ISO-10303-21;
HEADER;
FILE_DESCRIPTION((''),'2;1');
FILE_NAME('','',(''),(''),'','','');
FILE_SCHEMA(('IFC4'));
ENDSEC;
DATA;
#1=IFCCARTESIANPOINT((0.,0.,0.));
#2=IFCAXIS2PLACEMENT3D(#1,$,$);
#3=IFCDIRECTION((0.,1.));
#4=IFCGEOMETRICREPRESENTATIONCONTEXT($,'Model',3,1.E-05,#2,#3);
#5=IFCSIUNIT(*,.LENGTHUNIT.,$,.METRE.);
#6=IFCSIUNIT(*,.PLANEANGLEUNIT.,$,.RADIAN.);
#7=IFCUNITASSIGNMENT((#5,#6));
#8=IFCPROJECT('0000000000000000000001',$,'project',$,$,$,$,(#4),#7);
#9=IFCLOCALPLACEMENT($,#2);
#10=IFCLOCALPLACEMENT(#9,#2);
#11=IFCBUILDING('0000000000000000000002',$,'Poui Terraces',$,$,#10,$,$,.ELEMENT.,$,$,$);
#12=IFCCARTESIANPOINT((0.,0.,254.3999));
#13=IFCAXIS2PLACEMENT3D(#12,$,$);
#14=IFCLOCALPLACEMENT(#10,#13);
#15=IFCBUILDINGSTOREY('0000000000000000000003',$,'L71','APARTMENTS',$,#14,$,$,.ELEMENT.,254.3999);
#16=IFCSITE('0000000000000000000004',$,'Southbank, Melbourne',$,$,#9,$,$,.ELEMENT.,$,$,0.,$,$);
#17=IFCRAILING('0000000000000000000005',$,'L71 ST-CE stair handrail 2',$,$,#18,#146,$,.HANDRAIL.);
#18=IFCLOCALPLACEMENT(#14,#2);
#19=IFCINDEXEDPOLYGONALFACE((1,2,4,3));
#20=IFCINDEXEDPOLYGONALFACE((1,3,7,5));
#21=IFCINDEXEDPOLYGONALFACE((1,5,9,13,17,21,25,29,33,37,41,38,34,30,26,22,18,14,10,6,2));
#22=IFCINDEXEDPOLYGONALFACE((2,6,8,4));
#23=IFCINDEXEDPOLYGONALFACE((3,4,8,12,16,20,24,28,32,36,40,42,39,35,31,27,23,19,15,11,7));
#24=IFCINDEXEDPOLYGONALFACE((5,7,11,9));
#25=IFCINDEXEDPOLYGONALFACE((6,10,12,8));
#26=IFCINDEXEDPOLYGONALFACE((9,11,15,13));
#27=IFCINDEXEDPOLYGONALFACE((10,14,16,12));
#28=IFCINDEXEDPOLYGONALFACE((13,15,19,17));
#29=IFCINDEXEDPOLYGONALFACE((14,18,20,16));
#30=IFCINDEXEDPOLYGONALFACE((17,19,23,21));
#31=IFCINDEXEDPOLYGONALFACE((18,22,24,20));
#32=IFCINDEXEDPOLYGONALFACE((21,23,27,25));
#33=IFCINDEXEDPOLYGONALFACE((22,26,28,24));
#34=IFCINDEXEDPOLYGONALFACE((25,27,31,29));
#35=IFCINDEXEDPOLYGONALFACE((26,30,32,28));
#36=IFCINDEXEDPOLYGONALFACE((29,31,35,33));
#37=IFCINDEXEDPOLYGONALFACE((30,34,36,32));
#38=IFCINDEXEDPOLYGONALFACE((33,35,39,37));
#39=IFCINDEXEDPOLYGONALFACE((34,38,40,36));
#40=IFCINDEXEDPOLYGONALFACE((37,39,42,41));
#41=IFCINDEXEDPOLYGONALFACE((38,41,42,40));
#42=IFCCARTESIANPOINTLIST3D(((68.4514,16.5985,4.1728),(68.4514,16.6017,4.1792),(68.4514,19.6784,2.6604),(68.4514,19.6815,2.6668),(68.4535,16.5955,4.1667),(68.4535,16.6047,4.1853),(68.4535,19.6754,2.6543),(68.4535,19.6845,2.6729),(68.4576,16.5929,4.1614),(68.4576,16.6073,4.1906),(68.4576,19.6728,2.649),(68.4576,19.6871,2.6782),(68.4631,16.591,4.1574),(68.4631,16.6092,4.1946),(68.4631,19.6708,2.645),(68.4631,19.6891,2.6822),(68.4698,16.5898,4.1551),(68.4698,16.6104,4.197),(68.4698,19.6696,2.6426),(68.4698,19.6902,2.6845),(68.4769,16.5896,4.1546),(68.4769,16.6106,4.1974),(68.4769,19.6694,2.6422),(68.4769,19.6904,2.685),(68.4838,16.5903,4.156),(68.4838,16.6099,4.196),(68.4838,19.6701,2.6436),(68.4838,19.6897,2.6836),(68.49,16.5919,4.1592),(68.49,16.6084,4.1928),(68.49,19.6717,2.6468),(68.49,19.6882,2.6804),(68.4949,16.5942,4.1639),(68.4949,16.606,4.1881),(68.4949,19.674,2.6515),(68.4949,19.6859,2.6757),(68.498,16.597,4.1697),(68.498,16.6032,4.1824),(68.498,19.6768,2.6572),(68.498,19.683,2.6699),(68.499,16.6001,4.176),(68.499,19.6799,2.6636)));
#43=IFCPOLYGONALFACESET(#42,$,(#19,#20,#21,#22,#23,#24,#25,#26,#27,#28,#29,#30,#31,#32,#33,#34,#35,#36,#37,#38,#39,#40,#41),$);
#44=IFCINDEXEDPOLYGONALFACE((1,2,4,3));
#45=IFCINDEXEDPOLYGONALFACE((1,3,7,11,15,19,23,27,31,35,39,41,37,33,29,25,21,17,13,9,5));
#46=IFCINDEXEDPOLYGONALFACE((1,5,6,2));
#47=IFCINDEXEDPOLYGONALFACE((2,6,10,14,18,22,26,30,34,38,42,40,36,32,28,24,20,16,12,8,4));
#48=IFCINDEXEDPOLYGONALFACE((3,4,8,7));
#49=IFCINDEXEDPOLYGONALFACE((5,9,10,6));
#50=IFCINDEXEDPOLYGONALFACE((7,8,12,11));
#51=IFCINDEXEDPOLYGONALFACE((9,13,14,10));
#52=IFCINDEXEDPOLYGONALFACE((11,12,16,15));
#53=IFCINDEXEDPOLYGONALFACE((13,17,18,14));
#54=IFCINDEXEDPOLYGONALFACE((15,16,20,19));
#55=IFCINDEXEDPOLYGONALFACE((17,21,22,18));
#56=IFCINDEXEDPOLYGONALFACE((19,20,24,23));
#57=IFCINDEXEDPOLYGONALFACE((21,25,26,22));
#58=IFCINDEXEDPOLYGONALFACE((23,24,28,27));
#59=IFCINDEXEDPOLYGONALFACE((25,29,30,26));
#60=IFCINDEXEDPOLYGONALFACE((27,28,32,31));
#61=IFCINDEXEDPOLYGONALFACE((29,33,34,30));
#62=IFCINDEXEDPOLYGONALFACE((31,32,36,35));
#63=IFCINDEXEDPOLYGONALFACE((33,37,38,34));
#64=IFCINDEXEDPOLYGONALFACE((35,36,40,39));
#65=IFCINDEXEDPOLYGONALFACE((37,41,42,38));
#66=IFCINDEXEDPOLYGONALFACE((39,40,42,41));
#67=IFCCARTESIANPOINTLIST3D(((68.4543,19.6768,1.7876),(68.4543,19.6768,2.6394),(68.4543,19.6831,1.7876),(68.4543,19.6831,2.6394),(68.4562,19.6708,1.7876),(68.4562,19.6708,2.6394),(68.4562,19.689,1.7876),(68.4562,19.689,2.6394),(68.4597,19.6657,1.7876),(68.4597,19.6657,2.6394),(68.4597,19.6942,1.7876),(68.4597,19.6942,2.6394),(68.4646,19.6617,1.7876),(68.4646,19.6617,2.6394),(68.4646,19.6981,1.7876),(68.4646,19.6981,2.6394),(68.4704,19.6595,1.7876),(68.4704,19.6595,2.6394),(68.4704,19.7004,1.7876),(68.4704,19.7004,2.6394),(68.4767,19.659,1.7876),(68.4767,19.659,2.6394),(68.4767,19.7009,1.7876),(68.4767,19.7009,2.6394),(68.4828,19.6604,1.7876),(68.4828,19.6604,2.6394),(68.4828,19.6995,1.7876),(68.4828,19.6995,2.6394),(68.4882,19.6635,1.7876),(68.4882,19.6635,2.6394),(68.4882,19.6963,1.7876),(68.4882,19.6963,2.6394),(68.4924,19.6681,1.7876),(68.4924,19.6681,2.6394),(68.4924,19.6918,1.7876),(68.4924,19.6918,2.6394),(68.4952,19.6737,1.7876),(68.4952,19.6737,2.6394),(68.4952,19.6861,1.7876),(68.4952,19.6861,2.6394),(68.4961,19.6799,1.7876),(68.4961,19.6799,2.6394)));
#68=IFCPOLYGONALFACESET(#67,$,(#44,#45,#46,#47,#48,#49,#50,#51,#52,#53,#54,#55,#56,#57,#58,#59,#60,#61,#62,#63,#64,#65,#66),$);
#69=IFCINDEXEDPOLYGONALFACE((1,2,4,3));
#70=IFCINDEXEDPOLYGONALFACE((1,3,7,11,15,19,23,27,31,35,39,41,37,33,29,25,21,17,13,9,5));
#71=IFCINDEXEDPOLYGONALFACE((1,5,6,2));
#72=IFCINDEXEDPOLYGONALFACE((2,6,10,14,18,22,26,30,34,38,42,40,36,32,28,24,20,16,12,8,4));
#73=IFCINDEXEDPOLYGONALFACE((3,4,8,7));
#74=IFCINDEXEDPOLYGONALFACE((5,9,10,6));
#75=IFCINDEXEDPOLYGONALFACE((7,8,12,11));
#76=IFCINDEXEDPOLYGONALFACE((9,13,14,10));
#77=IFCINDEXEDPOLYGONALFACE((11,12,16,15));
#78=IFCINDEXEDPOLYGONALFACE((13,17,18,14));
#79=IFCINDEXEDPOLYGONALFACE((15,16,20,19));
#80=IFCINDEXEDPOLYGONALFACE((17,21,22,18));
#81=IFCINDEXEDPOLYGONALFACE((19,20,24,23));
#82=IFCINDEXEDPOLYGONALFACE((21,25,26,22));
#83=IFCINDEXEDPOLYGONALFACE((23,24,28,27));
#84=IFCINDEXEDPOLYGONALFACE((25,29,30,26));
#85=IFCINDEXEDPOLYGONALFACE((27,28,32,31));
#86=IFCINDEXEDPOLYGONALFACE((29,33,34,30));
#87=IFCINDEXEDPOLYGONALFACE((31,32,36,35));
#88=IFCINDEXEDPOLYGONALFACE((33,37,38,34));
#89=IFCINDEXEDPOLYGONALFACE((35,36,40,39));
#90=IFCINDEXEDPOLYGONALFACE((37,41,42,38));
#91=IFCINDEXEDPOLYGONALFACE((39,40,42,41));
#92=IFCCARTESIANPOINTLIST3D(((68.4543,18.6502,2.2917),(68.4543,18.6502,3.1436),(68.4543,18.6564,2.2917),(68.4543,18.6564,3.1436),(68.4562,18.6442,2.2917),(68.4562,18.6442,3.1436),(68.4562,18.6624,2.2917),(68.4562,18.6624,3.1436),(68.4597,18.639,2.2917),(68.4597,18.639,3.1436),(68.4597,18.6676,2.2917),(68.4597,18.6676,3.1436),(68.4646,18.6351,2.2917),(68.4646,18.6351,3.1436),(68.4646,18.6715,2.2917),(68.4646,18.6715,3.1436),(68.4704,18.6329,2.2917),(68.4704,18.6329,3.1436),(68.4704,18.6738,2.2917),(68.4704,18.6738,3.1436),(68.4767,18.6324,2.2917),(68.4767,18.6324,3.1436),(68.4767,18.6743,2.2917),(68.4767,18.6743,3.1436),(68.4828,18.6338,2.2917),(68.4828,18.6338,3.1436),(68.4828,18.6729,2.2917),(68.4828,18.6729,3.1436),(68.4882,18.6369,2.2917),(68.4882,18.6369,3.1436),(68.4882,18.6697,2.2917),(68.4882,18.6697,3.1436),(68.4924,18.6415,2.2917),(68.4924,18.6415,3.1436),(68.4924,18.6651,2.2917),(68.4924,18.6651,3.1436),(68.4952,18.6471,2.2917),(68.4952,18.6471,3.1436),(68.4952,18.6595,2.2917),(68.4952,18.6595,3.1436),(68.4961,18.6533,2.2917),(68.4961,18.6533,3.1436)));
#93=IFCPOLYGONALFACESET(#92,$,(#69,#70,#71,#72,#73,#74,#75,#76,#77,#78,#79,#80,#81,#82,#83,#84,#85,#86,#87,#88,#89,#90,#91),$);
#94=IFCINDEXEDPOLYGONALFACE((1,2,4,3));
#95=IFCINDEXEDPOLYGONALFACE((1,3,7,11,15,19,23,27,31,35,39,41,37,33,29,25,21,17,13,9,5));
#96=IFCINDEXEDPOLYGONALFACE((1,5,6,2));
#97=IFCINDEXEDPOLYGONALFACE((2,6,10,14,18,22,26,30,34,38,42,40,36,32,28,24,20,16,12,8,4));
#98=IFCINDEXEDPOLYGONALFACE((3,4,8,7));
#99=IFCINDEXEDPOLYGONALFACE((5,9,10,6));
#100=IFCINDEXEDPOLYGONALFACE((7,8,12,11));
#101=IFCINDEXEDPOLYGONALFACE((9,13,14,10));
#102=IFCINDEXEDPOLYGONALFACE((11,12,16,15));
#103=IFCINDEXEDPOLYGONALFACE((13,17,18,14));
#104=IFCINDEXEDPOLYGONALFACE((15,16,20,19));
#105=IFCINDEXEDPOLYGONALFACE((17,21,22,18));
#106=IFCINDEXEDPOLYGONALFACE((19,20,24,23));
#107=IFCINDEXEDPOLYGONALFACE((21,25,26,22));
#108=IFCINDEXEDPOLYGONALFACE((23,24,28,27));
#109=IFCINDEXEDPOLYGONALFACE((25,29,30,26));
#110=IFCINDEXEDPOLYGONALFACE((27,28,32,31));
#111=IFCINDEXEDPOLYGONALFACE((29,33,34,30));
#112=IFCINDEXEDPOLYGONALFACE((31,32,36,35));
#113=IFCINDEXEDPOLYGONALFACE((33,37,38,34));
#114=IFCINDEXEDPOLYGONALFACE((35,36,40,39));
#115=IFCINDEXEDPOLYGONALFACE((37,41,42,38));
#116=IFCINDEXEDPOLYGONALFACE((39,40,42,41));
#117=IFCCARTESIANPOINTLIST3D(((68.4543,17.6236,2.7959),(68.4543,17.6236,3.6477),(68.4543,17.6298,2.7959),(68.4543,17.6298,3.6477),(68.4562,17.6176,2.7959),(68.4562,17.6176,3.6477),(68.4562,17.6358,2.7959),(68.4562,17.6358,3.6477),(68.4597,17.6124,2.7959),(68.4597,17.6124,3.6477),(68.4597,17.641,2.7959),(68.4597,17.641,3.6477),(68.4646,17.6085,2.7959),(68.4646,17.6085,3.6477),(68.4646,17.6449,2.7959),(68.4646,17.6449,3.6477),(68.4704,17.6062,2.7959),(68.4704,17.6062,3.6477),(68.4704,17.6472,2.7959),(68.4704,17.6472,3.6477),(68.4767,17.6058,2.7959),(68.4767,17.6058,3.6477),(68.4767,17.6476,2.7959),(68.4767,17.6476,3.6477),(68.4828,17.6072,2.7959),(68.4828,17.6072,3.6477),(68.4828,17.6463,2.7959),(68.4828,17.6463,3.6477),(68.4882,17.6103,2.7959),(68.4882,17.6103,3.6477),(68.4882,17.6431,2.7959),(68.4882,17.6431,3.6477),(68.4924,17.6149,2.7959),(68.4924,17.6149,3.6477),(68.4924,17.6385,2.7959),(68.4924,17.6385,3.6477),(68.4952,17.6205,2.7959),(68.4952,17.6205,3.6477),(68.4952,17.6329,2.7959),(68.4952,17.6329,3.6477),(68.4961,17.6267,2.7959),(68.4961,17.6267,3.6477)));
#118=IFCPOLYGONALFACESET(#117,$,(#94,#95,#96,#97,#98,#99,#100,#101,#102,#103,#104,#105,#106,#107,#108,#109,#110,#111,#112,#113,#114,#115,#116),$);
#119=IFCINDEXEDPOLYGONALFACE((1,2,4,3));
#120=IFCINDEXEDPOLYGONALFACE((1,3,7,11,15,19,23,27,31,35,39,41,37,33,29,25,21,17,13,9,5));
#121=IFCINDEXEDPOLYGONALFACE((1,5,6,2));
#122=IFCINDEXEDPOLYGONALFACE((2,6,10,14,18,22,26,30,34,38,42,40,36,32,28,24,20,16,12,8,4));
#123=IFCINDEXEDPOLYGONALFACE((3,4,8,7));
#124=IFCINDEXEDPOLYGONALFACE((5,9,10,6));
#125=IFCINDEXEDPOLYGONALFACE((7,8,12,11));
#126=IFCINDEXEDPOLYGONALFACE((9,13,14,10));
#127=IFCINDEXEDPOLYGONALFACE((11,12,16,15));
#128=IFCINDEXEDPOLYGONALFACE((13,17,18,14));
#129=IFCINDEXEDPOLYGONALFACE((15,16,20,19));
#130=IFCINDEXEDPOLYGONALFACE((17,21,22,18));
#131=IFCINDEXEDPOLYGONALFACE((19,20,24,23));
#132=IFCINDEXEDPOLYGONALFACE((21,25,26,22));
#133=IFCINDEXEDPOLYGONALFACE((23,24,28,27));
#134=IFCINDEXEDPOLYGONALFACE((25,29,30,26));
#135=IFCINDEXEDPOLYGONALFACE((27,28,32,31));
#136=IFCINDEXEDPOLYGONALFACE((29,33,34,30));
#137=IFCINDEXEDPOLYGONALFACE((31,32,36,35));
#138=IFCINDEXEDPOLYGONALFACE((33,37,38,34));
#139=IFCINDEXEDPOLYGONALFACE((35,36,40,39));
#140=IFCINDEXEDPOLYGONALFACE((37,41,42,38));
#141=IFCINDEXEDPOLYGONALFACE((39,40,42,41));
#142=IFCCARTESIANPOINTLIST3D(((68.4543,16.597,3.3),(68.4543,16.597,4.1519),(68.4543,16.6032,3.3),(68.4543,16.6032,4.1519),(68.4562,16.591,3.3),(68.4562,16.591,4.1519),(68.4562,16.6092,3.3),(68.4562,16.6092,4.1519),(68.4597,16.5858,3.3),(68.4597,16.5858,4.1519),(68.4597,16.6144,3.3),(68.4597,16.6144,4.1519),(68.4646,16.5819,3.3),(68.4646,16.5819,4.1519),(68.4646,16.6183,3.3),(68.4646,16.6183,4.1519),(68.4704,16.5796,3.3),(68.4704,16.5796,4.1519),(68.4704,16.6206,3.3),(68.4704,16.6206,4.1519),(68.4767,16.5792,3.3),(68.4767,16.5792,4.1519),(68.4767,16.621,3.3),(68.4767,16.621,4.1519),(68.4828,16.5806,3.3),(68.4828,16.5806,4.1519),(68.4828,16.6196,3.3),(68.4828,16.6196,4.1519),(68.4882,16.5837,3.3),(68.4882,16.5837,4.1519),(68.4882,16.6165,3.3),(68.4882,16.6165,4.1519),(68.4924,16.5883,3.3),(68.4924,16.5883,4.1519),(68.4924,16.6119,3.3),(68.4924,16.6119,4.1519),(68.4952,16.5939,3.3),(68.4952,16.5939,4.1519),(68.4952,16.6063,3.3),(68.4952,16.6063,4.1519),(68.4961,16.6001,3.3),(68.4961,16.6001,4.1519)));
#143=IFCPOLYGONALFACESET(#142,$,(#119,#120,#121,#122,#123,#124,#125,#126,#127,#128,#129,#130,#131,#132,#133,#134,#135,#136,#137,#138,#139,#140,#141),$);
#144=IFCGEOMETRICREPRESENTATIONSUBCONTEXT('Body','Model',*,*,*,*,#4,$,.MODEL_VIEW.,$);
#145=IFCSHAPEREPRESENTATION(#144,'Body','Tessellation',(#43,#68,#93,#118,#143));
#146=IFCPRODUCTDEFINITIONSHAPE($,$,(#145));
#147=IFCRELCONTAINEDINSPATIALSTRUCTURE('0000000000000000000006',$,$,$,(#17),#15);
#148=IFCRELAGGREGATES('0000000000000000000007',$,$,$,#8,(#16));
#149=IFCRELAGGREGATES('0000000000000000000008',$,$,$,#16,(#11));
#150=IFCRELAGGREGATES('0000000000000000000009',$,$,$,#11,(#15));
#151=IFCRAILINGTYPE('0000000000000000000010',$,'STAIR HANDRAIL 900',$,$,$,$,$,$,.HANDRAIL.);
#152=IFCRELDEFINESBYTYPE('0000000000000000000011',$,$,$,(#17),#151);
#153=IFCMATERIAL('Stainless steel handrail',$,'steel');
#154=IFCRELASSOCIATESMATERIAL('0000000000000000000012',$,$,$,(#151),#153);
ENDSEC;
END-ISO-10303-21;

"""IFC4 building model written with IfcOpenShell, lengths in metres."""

from ifc_helpers import new_model, si_unit, direction, frame, origin, origin_2d, place, context, subcontext, project, spatial, circle, extrude, material, type_object, element, save


model = new_model("IFC4")

# Units and contexts
model_context = context("Model", 3, precision=1e-05, world=origin(), true_north=direction((0.0, 1.0)))
body_context = subcontext(model_context, "Body", "Model", "MODEL_VIEW")
ifc_project = project(units=[si_unit("LENGTHUNIT", "METRE"), si_unit("PLANEANGLEUNIT", "RADIAN")], contexts=[model_context])

# Site, building, storey
site_placement = place(None, origin())
site = spatial("IfcSite", under=ifc_project, at=site_placement, Name="Southbank, Melbourne", CompositionType="ELEMENT", RefElevation=0.0)
building_placement = place(site_placement, origin())
building = spatial("IfcBuilding", under=site, at=building_placement, Name="Poui Terraces", CompositionType="ELEMENT")
storey_placement = place(building_placement, frame((0.0, 0.0, 254.3999)))
storey = spatial("IfcBuildingStorey", under=building, at=storey_placement, Name="L71", Description="APARTMENTS", CompositionType="ELEMENT", Elevation=254.3999)

# Railing
ifc_material_1 = material(Name="Stainless steel handrail", Category="steel")
railing_type_1 = type_object("IfcRailingType", Name="STAIR HANDRAIL 900", PredefinedType="HANDRAIL", material=ifc_material_1)
railing_1_placement = place(storey_placement, frame((68.4751, 19.6799, 1.7876)))
element("IfcRailing", 1, at=railing_1_placement, inside=storey, type_object=railing_type_1, Name="L71 ST-CE stair handrail 2", PredefinedType="HANDRAIL", context=body_context, shape_type="SweptSolid", body=[
    extrude(circle(Radius=0.0239, at=origin_2d()), frame((0.0, 0.0, 0.876), z_axis=(0.0, -0.897606, 0.440798), x_axis=(1.0, 0.0, 0.0)), (0.0, 0.0, 1.0), 3.4312),
    extrude(circle(Radius=0.021, at=origin_2d()), origin(), (0.0, 0.0, 1.0), 0.8518),
    extrude(circle(Radius=0.021, at=origin_2d()), frame((0.0, -1.0266, 0.5042)), (0.0, 0.0, 1.0), 0.8518),
    extrude(circle(Radius=0.021, at=origin_2d()), frame((0.0, -2.0532, 1.0083)), (0.0, 0.0, 1.0), 0.8518),
    extrude(circle(Radius=0.021, at=origin_2d()), frame((0.0, -3.0798, 1.5125)), (0.0, 0.0, 1.0), 0.8518),
])

save(model, "model.ifc")
